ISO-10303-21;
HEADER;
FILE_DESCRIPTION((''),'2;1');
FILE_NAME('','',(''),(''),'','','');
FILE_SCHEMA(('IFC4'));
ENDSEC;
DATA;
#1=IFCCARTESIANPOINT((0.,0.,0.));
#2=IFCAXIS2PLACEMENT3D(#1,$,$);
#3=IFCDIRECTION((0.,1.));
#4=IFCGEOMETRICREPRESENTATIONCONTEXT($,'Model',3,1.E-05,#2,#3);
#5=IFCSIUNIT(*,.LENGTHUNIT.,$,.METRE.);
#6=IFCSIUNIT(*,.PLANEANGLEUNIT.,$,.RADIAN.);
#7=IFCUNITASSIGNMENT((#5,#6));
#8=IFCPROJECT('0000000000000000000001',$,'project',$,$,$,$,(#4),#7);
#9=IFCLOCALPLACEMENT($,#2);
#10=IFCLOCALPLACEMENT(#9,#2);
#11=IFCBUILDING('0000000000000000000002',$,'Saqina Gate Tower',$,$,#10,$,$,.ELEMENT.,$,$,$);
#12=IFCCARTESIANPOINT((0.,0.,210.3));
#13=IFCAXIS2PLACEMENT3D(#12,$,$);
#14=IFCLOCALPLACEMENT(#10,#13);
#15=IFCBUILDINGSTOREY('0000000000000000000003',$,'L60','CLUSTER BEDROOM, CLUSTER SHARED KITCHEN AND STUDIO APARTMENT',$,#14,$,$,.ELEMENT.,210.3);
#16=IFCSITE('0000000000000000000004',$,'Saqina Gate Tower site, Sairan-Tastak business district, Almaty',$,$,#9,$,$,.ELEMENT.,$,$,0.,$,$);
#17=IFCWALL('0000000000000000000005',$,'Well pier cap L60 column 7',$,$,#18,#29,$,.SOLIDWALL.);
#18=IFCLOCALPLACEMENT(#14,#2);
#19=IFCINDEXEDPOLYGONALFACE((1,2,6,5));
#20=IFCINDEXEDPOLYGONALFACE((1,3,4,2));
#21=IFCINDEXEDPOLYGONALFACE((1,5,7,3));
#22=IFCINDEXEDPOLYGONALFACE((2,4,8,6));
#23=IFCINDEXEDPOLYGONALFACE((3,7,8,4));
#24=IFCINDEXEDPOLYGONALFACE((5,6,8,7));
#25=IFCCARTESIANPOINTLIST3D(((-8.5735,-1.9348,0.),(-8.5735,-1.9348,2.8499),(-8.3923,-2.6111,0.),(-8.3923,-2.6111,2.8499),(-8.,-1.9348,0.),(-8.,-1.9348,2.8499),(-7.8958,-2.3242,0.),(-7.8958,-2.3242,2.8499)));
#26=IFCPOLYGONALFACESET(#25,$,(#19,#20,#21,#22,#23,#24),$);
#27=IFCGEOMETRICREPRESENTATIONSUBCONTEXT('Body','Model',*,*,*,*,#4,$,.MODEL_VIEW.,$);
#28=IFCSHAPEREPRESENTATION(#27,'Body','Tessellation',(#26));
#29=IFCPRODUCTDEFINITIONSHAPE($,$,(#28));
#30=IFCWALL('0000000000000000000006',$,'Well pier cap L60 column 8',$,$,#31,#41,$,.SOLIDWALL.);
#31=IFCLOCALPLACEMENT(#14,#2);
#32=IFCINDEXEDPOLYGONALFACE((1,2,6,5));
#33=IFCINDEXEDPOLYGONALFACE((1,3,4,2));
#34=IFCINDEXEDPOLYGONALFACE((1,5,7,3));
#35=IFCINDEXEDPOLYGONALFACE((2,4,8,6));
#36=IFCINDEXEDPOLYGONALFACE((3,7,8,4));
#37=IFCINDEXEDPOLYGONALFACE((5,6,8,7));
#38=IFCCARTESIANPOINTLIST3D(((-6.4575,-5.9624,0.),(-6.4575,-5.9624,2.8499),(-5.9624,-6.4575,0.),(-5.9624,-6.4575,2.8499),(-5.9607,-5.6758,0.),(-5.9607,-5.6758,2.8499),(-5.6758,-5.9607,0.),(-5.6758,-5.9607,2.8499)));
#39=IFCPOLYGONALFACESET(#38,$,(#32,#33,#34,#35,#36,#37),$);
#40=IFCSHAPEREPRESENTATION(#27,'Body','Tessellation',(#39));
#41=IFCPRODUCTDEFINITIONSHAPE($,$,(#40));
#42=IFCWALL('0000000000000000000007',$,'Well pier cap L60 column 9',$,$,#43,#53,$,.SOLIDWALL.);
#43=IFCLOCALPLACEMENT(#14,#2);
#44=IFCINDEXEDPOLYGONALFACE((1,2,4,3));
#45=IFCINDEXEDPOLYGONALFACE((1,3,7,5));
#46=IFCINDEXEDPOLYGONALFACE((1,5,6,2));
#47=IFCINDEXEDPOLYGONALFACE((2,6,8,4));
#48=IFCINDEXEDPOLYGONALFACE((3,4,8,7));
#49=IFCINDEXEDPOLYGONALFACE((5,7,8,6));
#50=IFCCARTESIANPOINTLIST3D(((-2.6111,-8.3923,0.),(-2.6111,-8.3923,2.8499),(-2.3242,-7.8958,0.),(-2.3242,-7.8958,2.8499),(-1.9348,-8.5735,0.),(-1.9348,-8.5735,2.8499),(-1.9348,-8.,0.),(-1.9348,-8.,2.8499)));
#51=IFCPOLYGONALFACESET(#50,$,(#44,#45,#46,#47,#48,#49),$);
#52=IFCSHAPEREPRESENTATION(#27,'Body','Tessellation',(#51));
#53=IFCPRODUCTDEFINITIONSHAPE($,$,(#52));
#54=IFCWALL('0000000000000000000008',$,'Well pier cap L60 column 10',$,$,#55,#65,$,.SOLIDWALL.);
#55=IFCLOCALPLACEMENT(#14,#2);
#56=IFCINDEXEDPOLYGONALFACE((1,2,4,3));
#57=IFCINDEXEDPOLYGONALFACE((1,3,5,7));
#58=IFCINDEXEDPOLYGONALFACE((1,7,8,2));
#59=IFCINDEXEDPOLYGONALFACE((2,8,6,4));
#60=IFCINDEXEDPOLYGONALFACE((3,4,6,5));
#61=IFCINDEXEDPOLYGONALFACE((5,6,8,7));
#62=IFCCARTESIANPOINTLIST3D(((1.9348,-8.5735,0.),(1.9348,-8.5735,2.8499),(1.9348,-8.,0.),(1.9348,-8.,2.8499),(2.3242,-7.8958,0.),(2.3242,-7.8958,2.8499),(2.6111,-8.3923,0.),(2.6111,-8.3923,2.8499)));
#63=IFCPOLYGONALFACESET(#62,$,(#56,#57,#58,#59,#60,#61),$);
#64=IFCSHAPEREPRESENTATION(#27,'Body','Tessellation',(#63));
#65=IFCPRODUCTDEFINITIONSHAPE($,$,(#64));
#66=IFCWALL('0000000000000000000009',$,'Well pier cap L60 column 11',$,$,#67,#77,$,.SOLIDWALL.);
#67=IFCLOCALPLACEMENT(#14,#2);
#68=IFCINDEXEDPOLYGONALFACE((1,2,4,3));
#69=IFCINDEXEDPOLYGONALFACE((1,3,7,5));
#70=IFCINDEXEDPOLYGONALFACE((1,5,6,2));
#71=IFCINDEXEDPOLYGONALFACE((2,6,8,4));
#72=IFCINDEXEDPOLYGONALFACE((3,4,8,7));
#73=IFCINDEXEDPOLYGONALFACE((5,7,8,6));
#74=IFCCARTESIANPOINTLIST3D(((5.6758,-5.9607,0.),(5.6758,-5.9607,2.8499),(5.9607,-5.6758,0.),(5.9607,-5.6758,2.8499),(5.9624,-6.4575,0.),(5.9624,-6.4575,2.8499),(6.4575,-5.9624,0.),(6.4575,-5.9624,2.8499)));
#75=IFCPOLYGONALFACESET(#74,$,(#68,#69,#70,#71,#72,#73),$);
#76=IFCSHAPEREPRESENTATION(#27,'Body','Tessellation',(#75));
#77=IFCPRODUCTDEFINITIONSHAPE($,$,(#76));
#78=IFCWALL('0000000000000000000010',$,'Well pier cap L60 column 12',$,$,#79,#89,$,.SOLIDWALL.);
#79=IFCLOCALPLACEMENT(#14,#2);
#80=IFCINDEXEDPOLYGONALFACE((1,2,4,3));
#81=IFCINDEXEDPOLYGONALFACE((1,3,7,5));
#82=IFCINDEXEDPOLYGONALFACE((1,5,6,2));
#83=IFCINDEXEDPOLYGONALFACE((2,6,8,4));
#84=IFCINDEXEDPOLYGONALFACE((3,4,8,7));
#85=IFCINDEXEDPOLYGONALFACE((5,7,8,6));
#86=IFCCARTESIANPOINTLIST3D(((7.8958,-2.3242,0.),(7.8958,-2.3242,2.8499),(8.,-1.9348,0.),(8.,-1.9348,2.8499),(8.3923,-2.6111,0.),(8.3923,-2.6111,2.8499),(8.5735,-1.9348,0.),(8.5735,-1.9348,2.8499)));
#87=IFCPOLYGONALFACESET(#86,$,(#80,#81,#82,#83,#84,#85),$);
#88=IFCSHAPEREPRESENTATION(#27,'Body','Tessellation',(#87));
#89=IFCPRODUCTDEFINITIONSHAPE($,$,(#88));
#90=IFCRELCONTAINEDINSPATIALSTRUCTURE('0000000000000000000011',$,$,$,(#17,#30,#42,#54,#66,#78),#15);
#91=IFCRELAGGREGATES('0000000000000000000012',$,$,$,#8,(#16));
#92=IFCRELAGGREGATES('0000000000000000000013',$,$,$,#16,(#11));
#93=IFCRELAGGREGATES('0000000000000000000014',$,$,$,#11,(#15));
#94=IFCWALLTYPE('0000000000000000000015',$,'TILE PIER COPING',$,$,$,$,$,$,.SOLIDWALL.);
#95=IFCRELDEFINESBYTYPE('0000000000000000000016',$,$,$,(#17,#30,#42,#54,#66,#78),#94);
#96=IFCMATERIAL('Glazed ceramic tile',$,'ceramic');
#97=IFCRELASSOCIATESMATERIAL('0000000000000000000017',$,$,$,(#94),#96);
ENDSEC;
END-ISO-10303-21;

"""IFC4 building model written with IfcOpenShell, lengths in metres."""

from ifc_helpers import new_model, si_unit, direction, frame, origin, place, context, subcontext, project, spatial, polyline, outline, extrude, material, type_object, element, save


model = new_model("IFC4")

# Units and contexts
model_context = context("Model", 3, precision=1e-05, world=origin(), true_north=direction((0.0, 1.0)))
body_context = subcontext(model_context, "Body", "Model", "MODEL_VIEW")
ifc_project = project(units=[si_unit("LENGTHUNIT", "METRE"), si_unit("PLANEANGLEUNIT", "RADIAN")], contexts=[model_context])

# Site, building, storey
site_placement = place(None, origin())
site = spatial("IfcSite", under=ifc_project, at=site_placement, Name="Saqina Gate Tower site, Sairan-Tastak business district, Almaty", CompositionType="ELEMENT", RefElevation=0.0)
building_placement = place(site_placement, origin())
building = spatial("IfcBuilding", under=site, at=building_placement, Name="Saqina Gate Tower", CompositionType="ELEMENT")
storey_placement = place(building_placement, frame((0.0, 0.0, 210.3)))
storey = spatial("IfcBuildingStorey", under=building, at=storey_placement, Name="L60", Description="CLUSTER BEDROOM, CLUSTER SHARED KITCHEN AND STUDIO APARTMENT", CompositionType="ELEMENT", Elevation=210.3)

# Walls
ifc_material_1 = material(Name="Glazed ceramic tile", Category="ceramic")
wall_type_1 = type_object("IfcWallType", Name="TILE PIER COPING", PredefinedType="SOLIDWALL", material=ifc_material_1)
wall_1_placement = place(storey_placement, origin())
element("IfcWall", 1, at=wall_1_placement, inside=storey, type_object=wall_type_1, Name="Well pier cap L60 column 7", PredefinedType="SOLIDWALL", context=body_context, shape_type="SweptSolid", body=[
    extrude(outline(polyline([(-8.0, -1.9348), (-8.5735, -1.9348), (-8.3923, -2.6111), (-7.8958, -2.3242), (-8.0, -1.9348)])), origin(), (0.0, 0.0, 1.0), 2.8499),
])
wall_2_placement = place(storey_placement, origin())
element("IfcWall", 2, at=wall_2_placement, inside=storey, type_object=wall_type_1, Name="Well pier cap L60 column 8", PredefinedType="SOLIDWALL", context=body_context, shape_type="SweptSolid", body=[
    extrude(outline(polyline([(-6.4575, -5.9624), (-5.9624, -6.4575), (-5.6758, -5.9607), (-5.9607, -5.6758), (-6.4575, -5.9624)])), origin(), (0.0, 0.0, 1.0), 2.8499),
])
wall_3_placement = place(storey_placement, origin())
element("IfcWall", 3, at=wall_3_placement, inside=storey, type_object=wall_type_1, Name="Well pier cap L60 column 9", PredefinedType="SOLIDWALL", context=body_context, shape_type="SweptSolid", body=[
    extrude(outline(polyline([(-1.9348, -8.5735), (-1.9348, -8.0), (-2.3242, -7.8958), (-2.6111, -8.3923), (-1.9348, -8.5735)])), origin(), (0.0, 0.0, 1.0), 2.8499),
])
wall_4_placement = place(storey_placement, origin())
element("IfcWall", 4, at=wall_4_placement, inside=storey, type_object=wall_type_1, Name="Well pier cap L60 column 10", PredefinedType="SOLIDWALL", context=body_context, shape_type="SweptSolid", body=[
    extrude(outline(polyline([(2.6111, -8.3923), (2.3242, -7.8958), (1.9348, -8.0), (1.9348, -8.5735), (2.6111, -8.3923)])), origin(), (0.0, 0.0, 1.0), 2.8499),
])
wall_5_placement = place(storey_placement, origin())
element("IfcWall", 5, at=wall_5_placement, inside=storey, type_object=wall_type_1, Name="Well pier cap L60 column 11", PredefinedType="SOLIDWALL", context=body_context, shape_type="SweptSolid", body=[
    extrude(outline(polyline([(5.9624, -6.4575), (6.4575, -5.9624), (5.9607, -5.6758), (5.6758, -5.9607), (5.9624, -6.4575)])), origin(), (0.0, 0.0, 1.0), 2.8499),
])
wall_6_placement = place(storey_placement, origin())
element("IfcWall", 6, at=wall_6_placement, inside=storey, type_object=wall_type_1, Name="Well pier cap L60 column 12", PredefinedType="SOLIDWALL", context=body_context, shape_type="SweptSolid", body=[
    extrude(outline(polyline([(8.5735, -1.9348), (8.0, -1.9348), (7.8958, -2.3242), (8.3923, -2.6111), (8.5735, -1.9348)])), origin(), (0.0, 0.0, 1.0), 2.8499),
])

save(model, "model.ifc")
